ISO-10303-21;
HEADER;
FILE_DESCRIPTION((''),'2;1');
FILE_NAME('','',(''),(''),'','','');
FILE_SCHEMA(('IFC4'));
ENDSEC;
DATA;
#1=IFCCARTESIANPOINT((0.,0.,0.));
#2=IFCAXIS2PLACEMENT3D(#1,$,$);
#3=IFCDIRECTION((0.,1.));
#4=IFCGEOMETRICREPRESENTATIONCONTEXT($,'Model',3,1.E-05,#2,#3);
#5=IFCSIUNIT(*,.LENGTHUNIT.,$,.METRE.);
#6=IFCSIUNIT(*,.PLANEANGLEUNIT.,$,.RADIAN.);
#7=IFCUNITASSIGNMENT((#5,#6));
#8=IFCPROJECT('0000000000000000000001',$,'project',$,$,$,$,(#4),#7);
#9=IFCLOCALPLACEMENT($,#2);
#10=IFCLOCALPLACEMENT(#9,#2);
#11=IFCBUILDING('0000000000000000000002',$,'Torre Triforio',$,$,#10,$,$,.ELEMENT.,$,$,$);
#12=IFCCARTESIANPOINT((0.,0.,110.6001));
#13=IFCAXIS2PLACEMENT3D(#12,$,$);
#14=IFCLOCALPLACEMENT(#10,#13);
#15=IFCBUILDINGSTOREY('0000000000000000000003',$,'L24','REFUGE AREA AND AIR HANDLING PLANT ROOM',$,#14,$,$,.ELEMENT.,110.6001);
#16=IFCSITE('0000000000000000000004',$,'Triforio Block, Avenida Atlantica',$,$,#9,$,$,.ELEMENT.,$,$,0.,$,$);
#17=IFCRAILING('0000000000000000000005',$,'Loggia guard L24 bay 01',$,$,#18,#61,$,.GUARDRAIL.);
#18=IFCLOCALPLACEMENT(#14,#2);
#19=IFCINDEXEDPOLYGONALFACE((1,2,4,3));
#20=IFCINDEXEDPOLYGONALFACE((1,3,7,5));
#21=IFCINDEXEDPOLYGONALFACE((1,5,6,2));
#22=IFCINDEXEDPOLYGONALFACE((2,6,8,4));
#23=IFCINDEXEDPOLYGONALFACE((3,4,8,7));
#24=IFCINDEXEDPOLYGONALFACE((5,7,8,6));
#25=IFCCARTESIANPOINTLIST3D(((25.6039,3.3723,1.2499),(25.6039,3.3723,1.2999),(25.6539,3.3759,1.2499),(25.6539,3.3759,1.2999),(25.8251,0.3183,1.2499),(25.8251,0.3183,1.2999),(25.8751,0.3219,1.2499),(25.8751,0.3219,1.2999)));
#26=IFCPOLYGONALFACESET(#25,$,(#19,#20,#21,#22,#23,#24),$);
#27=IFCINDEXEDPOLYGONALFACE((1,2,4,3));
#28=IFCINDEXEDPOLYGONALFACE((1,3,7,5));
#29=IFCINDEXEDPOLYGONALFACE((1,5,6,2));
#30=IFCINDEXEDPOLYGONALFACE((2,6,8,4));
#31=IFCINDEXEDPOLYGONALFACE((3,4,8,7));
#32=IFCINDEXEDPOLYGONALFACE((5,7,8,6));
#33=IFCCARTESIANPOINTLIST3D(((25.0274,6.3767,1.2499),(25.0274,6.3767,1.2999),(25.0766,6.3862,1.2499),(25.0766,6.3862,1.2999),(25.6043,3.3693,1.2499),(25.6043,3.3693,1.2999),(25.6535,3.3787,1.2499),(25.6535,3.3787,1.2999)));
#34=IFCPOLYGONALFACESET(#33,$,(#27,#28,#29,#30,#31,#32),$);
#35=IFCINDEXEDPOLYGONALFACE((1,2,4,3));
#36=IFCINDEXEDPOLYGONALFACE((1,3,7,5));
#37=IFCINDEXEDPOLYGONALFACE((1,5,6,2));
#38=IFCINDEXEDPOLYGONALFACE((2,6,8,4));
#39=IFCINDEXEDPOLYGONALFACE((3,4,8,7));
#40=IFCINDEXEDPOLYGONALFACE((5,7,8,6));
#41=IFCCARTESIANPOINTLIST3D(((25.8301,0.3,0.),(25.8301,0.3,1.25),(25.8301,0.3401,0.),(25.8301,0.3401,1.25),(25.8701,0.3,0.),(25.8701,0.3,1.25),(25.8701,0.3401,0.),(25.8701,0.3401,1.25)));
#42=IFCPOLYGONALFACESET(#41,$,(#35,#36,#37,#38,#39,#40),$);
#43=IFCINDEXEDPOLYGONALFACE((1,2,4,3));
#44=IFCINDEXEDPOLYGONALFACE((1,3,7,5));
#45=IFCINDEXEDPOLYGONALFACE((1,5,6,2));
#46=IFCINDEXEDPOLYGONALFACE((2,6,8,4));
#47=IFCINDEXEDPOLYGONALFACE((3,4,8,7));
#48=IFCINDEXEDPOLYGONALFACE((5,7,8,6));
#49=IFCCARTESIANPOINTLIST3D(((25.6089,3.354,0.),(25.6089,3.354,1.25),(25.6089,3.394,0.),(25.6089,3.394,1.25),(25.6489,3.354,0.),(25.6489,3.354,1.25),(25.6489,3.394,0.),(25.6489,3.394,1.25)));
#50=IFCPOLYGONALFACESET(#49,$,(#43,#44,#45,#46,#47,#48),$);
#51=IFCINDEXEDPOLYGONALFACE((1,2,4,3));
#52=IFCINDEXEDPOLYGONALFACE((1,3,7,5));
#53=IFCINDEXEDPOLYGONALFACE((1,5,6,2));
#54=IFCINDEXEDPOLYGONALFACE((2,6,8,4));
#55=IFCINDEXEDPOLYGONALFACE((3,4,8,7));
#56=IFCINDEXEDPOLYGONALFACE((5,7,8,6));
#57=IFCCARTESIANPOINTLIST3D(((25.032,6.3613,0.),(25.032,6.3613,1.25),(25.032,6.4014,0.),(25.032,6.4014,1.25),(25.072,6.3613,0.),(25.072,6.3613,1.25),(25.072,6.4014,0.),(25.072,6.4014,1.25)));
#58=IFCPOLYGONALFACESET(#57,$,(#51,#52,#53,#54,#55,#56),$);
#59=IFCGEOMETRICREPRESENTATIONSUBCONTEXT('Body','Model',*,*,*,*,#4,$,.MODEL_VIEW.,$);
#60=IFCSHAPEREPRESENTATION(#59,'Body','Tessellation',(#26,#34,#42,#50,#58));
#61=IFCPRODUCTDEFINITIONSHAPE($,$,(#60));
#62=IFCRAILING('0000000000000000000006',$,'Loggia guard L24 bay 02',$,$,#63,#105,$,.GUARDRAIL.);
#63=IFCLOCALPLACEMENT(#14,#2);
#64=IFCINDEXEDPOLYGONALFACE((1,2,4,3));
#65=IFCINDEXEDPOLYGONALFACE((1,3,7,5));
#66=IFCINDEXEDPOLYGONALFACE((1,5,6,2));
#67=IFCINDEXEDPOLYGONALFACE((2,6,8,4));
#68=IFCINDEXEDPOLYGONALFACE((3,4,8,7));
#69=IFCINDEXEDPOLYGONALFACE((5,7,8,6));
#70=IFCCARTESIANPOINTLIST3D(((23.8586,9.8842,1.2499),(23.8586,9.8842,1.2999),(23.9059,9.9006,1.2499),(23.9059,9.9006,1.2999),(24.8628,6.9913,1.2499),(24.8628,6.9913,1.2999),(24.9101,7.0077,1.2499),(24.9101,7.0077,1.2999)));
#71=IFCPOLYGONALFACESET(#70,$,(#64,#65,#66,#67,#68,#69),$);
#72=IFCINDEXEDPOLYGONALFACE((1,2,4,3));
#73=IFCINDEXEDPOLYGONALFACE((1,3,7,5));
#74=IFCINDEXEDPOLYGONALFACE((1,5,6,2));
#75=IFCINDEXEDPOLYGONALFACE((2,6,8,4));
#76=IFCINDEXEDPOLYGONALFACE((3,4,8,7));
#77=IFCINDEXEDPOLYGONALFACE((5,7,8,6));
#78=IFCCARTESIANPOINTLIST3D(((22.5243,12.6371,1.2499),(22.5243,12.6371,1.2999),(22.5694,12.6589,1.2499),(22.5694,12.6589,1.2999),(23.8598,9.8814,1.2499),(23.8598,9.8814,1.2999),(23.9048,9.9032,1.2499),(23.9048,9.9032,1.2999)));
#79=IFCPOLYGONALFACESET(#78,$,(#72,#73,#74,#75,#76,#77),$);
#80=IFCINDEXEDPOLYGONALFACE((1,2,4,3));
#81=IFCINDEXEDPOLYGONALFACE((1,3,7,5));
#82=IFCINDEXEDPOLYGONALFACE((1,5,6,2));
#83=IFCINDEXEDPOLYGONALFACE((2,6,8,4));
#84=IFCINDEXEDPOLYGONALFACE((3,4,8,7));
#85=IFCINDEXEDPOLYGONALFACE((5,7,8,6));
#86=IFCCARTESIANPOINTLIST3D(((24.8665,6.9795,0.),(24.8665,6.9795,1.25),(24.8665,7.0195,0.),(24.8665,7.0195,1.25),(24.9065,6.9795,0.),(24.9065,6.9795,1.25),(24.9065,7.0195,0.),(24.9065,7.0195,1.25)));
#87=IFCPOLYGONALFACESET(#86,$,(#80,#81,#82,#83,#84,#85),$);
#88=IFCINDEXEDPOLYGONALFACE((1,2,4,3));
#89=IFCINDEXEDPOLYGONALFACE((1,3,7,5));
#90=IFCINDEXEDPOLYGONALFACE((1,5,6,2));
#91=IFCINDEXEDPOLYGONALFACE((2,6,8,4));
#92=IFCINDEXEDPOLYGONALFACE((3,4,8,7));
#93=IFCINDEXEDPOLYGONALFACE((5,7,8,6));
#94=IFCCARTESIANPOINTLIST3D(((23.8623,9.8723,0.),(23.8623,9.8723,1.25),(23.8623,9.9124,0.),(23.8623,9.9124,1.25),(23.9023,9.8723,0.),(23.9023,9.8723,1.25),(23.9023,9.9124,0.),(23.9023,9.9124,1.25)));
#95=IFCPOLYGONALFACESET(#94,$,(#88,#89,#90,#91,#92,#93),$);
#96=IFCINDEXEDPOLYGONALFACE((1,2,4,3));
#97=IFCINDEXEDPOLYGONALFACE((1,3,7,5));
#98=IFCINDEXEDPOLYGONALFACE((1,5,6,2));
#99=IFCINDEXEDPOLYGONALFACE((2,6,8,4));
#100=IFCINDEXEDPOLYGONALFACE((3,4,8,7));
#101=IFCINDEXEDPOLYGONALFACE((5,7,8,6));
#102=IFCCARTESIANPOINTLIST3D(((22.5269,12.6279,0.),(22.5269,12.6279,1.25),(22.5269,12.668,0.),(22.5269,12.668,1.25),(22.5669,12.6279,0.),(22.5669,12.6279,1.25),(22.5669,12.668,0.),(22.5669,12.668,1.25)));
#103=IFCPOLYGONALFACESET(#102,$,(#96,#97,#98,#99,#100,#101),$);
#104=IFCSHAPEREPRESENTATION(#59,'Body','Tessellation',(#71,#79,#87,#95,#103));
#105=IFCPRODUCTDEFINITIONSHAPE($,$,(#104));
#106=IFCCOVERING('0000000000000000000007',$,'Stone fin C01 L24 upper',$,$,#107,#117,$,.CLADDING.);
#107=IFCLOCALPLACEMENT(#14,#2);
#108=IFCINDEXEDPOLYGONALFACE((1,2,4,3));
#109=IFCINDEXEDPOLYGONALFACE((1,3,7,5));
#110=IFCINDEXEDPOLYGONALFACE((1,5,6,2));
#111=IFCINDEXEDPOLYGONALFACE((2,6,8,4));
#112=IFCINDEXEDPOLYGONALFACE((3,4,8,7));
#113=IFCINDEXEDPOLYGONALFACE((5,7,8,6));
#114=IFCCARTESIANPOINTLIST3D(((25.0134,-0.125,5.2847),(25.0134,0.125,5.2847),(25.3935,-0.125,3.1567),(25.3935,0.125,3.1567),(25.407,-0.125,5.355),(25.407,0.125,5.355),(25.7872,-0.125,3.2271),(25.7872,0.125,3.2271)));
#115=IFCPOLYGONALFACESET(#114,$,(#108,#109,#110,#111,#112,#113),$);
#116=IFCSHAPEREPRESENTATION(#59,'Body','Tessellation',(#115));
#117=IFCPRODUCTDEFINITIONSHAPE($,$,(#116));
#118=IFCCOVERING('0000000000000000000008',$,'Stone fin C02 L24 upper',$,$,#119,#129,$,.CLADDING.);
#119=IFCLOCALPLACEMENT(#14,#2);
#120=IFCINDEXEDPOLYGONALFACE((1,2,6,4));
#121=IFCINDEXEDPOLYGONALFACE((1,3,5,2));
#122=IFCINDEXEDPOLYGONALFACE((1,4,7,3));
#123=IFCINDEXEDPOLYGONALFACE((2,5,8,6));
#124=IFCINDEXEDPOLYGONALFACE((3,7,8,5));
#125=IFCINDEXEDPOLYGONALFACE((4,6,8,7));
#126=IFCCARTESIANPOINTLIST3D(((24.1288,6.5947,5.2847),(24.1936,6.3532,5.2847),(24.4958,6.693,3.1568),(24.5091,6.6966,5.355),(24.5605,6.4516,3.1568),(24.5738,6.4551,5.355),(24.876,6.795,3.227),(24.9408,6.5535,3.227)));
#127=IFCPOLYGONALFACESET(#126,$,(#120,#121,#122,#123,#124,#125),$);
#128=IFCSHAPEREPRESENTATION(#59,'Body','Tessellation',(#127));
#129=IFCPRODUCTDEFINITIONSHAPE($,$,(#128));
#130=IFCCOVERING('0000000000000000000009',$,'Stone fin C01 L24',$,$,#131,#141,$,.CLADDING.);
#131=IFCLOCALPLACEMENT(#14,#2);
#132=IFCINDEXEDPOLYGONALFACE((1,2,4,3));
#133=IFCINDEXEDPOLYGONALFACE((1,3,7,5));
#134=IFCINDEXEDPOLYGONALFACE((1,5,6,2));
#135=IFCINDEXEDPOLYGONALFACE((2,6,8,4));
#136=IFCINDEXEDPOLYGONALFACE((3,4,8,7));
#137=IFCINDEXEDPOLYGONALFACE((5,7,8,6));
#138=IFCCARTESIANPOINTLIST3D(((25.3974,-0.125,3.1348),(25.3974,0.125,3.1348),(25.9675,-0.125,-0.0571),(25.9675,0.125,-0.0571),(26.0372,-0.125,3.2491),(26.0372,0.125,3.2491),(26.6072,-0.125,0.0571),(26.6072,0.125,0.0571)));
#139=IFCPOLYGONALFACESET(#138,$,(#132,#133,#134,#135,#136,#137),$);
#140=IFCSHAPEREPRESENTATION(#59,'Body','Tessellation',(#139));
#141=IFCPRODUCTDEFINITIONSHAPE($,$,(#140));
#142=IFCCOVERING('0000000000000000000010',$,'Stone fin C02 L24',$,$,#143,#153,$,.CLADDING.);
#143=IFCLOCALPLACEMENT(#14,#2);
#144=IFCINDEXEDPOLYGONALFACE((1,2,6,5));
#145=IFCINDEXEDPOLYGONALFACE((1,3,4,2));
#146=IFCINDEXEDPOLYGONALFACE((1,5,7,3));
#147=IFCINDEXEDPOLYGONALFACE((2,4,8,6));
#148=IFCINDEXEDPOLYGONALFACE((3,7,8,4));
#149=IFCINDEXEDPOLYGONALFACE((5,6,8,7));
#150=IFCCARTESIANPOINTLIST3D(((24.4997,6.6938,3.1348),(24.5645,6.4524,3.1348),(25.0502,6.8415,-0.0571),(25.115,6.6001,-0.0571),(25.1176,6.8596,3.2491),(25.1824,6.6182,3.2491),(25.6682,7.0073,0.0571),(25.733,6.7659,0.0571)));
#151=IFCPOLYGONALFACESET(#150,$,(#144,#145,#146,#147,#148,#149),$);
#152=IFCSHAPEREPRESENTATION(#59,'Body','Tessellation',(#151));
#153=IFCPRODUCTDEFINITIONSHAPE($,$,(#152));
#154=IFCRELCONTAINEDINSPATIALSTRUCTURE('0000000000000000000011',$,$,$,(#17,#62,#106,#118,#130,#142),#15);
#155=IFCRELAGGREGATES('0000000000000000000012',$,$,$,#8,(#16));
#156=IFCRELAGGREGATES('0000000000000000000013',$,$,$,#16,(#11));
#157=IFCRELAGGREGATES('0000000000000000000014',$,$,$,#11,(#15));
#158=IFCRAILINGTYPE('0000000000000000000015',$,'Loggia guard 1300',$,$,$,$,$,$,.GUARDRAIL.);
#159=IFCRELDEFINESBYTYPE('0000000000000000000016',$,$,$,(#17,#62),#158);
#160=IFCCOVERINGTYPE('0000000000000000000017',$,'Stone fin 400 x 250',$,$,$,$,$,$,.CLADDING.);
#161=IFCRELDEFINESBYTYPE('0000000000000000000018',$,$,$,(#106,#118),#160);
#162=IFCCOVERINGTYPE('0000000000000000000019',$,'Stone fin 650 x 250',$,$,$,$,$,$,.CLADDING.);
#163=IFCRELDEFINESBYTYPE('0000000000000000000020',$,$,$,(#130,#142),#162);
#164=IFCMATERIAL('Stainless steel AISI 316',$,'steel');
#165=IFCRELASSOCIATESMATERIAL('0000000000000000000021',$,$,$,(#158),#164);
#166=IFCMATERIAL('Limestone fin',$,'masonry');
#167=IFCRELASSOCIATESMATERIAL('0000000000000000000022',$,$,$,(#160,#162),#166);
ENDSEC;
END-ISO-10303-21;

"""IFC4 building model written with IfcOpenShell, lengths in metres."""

from ifc_helpers import new_model, si_unit, direction, frame, origin, origin_2d, place, context, subcontext, project, spatial, rectangle, extrude, material, material_profile, profile_set, type_object, element, save


model = new_model("IFC4")

# Units and contexts
model_context = context("Model", 3, precision=1e-05, world=origin(), true_north=direction((0.0, 1.0)))
body_context = subcontext(model_context, "Body", "Model", "MODEL_VIEW")
ifc_project = project(units=[si_unit("LENGTHUNIT", "METRE"), si_unit("PLANEANGLEUNIT", "RADIAN")], contexts=[model_context])

# Site, building, storey
site_placement = place(None, origin())
site = spatial("IfcSite", under=ifc_project, at=site_placement, Name="Triforio Block, Avenida Atlantica", CompositionType="ELEMENT", RefElevation=0.0)
building_placement = place(site_placement, origin())
building = spatial("IfcBuilding", under=site, at=building_placement, Name="Torre Triforio", CompositionType="ELEMENT")
storey_placement = place(building_placement, frame((0.0, 0.0, 110.6001)))
storey = spatial("IfcBuildingStorey", under=building, at=storey_placement, Name="L24", Description="REFUGE AREA AND AIR HANDLING PLANT ROOM", CompositionType="ELEMENT", Elevation=110.6001)

# Railings
ifc_material_1 = material(Name="Stainless steel AISI 316", Category="steel")
railing_type = type_object("IfcRailingType", Name="Loggia guard 1300", PredefinedType="GUARDRAIL", material=ifc_material_1)
railing_1_placement = place(storey_placement, frame((25.8501, 0.3201, 0.0)))
element("IfcRailing", 1, at=railing_1_placement, inside=storey, type_object=railing_type, Name="Loggia guard L24 bay 01", PredefinedType="GUARDRAIL", context=body_context, shape_type="SweptSolid", body=[
    extrude(rectangle(XDim=0.05, YDim=0.05, at=origin_2d()), frame((0.0, 0.0, 1.2749), z_axis=(-0.072239, 0.997387, 0.0), x_axis=(-0.997387, -0.072239, 0.0)), (0.0, 0.0, 1.0), 3.062),
    extrude(rectangle(XDim=0.05, YDim=0.05, at=origin_2d()), frame((-0.2212, 3.054, 1.2749), z_axis=(-0.188398, 0.982093, 0.0), x_axis=(-0.982093, -0.188398, 0.0)), (0.0, 0.0, 1.0), 3.0623),
    extrude(rectangle(XDim=0.04, YDim=0.04, at=origin_2d()), origin(), (0.0, 0.0, 1.0), 1.25),
    extrude(rectangle(XDim=0.04, YDim=0.04, at=origin_2d()), frame((-0.2212, 3.054, 0.0)), (0.0, 0.0, 1.0), 1.25),
    extrude(rectangle(XDim=0.04, YDim=0.04, at=origin_2d()), frame((-0.7981, 6.0613, 0.0)), (0.0, 0.0, 1.0), 1.25),
])
railing_2_placement = place(storey_placement, frame((24.8865, 6.9995, 0.0)))
element("IfcRailing", 2, at=railing_2_placement, inside=storey, type_object=railing_type, Name="Loggia guard L24 bay 02", PredefinedType="GUARDRAIL", context=body_context, shape_type="SweptSolid", body=[
    extrude(rectangle(XDim=0.05, YDim=0.05, at=origin_2d()), frame((0.0, 0.0, 1.2749), z_axis=(-0.327924, 0.944704, 0.0), x_axis=(-0.944704, -0.327924, 0.0)), (0.0, 0.0, 1.0), 3.0623),
    extrude(rectangle(XDim=0.05, YDim=0.05, at=origin_2d()), frame((-1.0042, 2.8928, 1.2749), z_axis=(-0.436113, 0.899892, 0.0), x_axis=(-0.899892, -0.436113, 0.0)), (0.0, 0.0, 1.0), 3.0623),
    extrude(rectangle(XDim=0.04, YDim=0.04, at=origin_2d()), origin(), (0.0, 0.0, 1.0), 1.25),
    extrude(rectangle(XDim=0.04, YDim=0.04, at=origin_2d()), frame((-1.0042, 2.8928, 0.0)), (0.0, 0.0, 1.0), 1.25),
    extrude(rectangle(XDim=0.04, YDim=0.04, at=origin_2d()), frame((-2.3396, 5.6484, 0.0)), (0.0, 0.0, 1.0), 1.25),
])

# Coverings
ifc_material_2 = material(Name="Limestone fin", Category="masonry")
ifc_material_profile_1 = material_profile(ifc_material_2, rectangle(XDim=0.3999, YDim=0.25, at=origin_2d()), Name="FIN 400x250")
ifc_profile_set_1 = profile_set([ifc_material_profile_1], Name="Limestone fin")
covering_type_1 = type_object("IfcCoveringType", Name="Stone fin 400 x 250", PredefinedType="CLADDING", material=ifc_profile_set_1)
for number, where, z_axis, x_axis, name in (
    (3, (25.5903, 0.0, 3.1919), (-0.175853, 0.0, 0.984416), (0.984416, 0.0, 0.175853), "Stone fin C01 L24 upper"),
    (4, (24.7183, 6.6233, 3.1919), (-0.169757, -0.045517, 0.984434), (0.950847, 0.254951, 0.175754), "Stone fin C02 L24 upper"),
):
    element("IfcCovering", number, at=place(storey_placement, frame(where, z_axis=z_axis, x_axis=x_axis)), inside=storey, type_object=covering_type_1, Name=name, PredefinedType="CLADDING", context=body_context, shape_type="SweptSolid", body=[
        extrude(rectangle(XDim=0.3999, YDim=0.25, at=origin_2d()), origin(), (0.0, 0.0, 1.0), 2.1616),
    ])
ifc_material_profile_2 = material_profile(ifc_material_2, rectangle(XDim=0.6499, YDim=0.25, at=origin_2d()), Name="FIN 650x250")
ifc_profile_set_2 = profile_set([ifc_material_profile_2], Name="Limestone fin")
covering_type_2 = type_object("IfcCoveringType", Name="Stone fin 650 x 250", PredefinedType="CLADDING", material=ifc_profile_set_2)
for number, where, z_axis, x_axis, name in (
    (5, (26.2874, 0.0, 0.0), (-0.175817, 0.0, 0.984423), (0.984423, 0.0, 0.175817), "Stone fin C01 L24"),
    (6, (25.3916, 6.8037, 0.0), (-0.169794, -0.045554, 0.984426), (0.950801, 0.255093, 0.175798), "Stone fin C02 L24"),
):
    element("IfcCovering", number, at=place(storey_placement, frame(where, z_axis=z_axis, x_axis=x_axis)), inside=storey, type_object=covering_type_2, Name=name, PredefinedType="CLADDING", context=body_context, shape_type="SweptSolid", body=[
        extrude(rectangle(XDim=0.6499, YDim=0.25, at=origin_2d()), origin(), (0.0, 0.0, 1.0), 3.2424),
    ])

save(model, "model.ifc")
